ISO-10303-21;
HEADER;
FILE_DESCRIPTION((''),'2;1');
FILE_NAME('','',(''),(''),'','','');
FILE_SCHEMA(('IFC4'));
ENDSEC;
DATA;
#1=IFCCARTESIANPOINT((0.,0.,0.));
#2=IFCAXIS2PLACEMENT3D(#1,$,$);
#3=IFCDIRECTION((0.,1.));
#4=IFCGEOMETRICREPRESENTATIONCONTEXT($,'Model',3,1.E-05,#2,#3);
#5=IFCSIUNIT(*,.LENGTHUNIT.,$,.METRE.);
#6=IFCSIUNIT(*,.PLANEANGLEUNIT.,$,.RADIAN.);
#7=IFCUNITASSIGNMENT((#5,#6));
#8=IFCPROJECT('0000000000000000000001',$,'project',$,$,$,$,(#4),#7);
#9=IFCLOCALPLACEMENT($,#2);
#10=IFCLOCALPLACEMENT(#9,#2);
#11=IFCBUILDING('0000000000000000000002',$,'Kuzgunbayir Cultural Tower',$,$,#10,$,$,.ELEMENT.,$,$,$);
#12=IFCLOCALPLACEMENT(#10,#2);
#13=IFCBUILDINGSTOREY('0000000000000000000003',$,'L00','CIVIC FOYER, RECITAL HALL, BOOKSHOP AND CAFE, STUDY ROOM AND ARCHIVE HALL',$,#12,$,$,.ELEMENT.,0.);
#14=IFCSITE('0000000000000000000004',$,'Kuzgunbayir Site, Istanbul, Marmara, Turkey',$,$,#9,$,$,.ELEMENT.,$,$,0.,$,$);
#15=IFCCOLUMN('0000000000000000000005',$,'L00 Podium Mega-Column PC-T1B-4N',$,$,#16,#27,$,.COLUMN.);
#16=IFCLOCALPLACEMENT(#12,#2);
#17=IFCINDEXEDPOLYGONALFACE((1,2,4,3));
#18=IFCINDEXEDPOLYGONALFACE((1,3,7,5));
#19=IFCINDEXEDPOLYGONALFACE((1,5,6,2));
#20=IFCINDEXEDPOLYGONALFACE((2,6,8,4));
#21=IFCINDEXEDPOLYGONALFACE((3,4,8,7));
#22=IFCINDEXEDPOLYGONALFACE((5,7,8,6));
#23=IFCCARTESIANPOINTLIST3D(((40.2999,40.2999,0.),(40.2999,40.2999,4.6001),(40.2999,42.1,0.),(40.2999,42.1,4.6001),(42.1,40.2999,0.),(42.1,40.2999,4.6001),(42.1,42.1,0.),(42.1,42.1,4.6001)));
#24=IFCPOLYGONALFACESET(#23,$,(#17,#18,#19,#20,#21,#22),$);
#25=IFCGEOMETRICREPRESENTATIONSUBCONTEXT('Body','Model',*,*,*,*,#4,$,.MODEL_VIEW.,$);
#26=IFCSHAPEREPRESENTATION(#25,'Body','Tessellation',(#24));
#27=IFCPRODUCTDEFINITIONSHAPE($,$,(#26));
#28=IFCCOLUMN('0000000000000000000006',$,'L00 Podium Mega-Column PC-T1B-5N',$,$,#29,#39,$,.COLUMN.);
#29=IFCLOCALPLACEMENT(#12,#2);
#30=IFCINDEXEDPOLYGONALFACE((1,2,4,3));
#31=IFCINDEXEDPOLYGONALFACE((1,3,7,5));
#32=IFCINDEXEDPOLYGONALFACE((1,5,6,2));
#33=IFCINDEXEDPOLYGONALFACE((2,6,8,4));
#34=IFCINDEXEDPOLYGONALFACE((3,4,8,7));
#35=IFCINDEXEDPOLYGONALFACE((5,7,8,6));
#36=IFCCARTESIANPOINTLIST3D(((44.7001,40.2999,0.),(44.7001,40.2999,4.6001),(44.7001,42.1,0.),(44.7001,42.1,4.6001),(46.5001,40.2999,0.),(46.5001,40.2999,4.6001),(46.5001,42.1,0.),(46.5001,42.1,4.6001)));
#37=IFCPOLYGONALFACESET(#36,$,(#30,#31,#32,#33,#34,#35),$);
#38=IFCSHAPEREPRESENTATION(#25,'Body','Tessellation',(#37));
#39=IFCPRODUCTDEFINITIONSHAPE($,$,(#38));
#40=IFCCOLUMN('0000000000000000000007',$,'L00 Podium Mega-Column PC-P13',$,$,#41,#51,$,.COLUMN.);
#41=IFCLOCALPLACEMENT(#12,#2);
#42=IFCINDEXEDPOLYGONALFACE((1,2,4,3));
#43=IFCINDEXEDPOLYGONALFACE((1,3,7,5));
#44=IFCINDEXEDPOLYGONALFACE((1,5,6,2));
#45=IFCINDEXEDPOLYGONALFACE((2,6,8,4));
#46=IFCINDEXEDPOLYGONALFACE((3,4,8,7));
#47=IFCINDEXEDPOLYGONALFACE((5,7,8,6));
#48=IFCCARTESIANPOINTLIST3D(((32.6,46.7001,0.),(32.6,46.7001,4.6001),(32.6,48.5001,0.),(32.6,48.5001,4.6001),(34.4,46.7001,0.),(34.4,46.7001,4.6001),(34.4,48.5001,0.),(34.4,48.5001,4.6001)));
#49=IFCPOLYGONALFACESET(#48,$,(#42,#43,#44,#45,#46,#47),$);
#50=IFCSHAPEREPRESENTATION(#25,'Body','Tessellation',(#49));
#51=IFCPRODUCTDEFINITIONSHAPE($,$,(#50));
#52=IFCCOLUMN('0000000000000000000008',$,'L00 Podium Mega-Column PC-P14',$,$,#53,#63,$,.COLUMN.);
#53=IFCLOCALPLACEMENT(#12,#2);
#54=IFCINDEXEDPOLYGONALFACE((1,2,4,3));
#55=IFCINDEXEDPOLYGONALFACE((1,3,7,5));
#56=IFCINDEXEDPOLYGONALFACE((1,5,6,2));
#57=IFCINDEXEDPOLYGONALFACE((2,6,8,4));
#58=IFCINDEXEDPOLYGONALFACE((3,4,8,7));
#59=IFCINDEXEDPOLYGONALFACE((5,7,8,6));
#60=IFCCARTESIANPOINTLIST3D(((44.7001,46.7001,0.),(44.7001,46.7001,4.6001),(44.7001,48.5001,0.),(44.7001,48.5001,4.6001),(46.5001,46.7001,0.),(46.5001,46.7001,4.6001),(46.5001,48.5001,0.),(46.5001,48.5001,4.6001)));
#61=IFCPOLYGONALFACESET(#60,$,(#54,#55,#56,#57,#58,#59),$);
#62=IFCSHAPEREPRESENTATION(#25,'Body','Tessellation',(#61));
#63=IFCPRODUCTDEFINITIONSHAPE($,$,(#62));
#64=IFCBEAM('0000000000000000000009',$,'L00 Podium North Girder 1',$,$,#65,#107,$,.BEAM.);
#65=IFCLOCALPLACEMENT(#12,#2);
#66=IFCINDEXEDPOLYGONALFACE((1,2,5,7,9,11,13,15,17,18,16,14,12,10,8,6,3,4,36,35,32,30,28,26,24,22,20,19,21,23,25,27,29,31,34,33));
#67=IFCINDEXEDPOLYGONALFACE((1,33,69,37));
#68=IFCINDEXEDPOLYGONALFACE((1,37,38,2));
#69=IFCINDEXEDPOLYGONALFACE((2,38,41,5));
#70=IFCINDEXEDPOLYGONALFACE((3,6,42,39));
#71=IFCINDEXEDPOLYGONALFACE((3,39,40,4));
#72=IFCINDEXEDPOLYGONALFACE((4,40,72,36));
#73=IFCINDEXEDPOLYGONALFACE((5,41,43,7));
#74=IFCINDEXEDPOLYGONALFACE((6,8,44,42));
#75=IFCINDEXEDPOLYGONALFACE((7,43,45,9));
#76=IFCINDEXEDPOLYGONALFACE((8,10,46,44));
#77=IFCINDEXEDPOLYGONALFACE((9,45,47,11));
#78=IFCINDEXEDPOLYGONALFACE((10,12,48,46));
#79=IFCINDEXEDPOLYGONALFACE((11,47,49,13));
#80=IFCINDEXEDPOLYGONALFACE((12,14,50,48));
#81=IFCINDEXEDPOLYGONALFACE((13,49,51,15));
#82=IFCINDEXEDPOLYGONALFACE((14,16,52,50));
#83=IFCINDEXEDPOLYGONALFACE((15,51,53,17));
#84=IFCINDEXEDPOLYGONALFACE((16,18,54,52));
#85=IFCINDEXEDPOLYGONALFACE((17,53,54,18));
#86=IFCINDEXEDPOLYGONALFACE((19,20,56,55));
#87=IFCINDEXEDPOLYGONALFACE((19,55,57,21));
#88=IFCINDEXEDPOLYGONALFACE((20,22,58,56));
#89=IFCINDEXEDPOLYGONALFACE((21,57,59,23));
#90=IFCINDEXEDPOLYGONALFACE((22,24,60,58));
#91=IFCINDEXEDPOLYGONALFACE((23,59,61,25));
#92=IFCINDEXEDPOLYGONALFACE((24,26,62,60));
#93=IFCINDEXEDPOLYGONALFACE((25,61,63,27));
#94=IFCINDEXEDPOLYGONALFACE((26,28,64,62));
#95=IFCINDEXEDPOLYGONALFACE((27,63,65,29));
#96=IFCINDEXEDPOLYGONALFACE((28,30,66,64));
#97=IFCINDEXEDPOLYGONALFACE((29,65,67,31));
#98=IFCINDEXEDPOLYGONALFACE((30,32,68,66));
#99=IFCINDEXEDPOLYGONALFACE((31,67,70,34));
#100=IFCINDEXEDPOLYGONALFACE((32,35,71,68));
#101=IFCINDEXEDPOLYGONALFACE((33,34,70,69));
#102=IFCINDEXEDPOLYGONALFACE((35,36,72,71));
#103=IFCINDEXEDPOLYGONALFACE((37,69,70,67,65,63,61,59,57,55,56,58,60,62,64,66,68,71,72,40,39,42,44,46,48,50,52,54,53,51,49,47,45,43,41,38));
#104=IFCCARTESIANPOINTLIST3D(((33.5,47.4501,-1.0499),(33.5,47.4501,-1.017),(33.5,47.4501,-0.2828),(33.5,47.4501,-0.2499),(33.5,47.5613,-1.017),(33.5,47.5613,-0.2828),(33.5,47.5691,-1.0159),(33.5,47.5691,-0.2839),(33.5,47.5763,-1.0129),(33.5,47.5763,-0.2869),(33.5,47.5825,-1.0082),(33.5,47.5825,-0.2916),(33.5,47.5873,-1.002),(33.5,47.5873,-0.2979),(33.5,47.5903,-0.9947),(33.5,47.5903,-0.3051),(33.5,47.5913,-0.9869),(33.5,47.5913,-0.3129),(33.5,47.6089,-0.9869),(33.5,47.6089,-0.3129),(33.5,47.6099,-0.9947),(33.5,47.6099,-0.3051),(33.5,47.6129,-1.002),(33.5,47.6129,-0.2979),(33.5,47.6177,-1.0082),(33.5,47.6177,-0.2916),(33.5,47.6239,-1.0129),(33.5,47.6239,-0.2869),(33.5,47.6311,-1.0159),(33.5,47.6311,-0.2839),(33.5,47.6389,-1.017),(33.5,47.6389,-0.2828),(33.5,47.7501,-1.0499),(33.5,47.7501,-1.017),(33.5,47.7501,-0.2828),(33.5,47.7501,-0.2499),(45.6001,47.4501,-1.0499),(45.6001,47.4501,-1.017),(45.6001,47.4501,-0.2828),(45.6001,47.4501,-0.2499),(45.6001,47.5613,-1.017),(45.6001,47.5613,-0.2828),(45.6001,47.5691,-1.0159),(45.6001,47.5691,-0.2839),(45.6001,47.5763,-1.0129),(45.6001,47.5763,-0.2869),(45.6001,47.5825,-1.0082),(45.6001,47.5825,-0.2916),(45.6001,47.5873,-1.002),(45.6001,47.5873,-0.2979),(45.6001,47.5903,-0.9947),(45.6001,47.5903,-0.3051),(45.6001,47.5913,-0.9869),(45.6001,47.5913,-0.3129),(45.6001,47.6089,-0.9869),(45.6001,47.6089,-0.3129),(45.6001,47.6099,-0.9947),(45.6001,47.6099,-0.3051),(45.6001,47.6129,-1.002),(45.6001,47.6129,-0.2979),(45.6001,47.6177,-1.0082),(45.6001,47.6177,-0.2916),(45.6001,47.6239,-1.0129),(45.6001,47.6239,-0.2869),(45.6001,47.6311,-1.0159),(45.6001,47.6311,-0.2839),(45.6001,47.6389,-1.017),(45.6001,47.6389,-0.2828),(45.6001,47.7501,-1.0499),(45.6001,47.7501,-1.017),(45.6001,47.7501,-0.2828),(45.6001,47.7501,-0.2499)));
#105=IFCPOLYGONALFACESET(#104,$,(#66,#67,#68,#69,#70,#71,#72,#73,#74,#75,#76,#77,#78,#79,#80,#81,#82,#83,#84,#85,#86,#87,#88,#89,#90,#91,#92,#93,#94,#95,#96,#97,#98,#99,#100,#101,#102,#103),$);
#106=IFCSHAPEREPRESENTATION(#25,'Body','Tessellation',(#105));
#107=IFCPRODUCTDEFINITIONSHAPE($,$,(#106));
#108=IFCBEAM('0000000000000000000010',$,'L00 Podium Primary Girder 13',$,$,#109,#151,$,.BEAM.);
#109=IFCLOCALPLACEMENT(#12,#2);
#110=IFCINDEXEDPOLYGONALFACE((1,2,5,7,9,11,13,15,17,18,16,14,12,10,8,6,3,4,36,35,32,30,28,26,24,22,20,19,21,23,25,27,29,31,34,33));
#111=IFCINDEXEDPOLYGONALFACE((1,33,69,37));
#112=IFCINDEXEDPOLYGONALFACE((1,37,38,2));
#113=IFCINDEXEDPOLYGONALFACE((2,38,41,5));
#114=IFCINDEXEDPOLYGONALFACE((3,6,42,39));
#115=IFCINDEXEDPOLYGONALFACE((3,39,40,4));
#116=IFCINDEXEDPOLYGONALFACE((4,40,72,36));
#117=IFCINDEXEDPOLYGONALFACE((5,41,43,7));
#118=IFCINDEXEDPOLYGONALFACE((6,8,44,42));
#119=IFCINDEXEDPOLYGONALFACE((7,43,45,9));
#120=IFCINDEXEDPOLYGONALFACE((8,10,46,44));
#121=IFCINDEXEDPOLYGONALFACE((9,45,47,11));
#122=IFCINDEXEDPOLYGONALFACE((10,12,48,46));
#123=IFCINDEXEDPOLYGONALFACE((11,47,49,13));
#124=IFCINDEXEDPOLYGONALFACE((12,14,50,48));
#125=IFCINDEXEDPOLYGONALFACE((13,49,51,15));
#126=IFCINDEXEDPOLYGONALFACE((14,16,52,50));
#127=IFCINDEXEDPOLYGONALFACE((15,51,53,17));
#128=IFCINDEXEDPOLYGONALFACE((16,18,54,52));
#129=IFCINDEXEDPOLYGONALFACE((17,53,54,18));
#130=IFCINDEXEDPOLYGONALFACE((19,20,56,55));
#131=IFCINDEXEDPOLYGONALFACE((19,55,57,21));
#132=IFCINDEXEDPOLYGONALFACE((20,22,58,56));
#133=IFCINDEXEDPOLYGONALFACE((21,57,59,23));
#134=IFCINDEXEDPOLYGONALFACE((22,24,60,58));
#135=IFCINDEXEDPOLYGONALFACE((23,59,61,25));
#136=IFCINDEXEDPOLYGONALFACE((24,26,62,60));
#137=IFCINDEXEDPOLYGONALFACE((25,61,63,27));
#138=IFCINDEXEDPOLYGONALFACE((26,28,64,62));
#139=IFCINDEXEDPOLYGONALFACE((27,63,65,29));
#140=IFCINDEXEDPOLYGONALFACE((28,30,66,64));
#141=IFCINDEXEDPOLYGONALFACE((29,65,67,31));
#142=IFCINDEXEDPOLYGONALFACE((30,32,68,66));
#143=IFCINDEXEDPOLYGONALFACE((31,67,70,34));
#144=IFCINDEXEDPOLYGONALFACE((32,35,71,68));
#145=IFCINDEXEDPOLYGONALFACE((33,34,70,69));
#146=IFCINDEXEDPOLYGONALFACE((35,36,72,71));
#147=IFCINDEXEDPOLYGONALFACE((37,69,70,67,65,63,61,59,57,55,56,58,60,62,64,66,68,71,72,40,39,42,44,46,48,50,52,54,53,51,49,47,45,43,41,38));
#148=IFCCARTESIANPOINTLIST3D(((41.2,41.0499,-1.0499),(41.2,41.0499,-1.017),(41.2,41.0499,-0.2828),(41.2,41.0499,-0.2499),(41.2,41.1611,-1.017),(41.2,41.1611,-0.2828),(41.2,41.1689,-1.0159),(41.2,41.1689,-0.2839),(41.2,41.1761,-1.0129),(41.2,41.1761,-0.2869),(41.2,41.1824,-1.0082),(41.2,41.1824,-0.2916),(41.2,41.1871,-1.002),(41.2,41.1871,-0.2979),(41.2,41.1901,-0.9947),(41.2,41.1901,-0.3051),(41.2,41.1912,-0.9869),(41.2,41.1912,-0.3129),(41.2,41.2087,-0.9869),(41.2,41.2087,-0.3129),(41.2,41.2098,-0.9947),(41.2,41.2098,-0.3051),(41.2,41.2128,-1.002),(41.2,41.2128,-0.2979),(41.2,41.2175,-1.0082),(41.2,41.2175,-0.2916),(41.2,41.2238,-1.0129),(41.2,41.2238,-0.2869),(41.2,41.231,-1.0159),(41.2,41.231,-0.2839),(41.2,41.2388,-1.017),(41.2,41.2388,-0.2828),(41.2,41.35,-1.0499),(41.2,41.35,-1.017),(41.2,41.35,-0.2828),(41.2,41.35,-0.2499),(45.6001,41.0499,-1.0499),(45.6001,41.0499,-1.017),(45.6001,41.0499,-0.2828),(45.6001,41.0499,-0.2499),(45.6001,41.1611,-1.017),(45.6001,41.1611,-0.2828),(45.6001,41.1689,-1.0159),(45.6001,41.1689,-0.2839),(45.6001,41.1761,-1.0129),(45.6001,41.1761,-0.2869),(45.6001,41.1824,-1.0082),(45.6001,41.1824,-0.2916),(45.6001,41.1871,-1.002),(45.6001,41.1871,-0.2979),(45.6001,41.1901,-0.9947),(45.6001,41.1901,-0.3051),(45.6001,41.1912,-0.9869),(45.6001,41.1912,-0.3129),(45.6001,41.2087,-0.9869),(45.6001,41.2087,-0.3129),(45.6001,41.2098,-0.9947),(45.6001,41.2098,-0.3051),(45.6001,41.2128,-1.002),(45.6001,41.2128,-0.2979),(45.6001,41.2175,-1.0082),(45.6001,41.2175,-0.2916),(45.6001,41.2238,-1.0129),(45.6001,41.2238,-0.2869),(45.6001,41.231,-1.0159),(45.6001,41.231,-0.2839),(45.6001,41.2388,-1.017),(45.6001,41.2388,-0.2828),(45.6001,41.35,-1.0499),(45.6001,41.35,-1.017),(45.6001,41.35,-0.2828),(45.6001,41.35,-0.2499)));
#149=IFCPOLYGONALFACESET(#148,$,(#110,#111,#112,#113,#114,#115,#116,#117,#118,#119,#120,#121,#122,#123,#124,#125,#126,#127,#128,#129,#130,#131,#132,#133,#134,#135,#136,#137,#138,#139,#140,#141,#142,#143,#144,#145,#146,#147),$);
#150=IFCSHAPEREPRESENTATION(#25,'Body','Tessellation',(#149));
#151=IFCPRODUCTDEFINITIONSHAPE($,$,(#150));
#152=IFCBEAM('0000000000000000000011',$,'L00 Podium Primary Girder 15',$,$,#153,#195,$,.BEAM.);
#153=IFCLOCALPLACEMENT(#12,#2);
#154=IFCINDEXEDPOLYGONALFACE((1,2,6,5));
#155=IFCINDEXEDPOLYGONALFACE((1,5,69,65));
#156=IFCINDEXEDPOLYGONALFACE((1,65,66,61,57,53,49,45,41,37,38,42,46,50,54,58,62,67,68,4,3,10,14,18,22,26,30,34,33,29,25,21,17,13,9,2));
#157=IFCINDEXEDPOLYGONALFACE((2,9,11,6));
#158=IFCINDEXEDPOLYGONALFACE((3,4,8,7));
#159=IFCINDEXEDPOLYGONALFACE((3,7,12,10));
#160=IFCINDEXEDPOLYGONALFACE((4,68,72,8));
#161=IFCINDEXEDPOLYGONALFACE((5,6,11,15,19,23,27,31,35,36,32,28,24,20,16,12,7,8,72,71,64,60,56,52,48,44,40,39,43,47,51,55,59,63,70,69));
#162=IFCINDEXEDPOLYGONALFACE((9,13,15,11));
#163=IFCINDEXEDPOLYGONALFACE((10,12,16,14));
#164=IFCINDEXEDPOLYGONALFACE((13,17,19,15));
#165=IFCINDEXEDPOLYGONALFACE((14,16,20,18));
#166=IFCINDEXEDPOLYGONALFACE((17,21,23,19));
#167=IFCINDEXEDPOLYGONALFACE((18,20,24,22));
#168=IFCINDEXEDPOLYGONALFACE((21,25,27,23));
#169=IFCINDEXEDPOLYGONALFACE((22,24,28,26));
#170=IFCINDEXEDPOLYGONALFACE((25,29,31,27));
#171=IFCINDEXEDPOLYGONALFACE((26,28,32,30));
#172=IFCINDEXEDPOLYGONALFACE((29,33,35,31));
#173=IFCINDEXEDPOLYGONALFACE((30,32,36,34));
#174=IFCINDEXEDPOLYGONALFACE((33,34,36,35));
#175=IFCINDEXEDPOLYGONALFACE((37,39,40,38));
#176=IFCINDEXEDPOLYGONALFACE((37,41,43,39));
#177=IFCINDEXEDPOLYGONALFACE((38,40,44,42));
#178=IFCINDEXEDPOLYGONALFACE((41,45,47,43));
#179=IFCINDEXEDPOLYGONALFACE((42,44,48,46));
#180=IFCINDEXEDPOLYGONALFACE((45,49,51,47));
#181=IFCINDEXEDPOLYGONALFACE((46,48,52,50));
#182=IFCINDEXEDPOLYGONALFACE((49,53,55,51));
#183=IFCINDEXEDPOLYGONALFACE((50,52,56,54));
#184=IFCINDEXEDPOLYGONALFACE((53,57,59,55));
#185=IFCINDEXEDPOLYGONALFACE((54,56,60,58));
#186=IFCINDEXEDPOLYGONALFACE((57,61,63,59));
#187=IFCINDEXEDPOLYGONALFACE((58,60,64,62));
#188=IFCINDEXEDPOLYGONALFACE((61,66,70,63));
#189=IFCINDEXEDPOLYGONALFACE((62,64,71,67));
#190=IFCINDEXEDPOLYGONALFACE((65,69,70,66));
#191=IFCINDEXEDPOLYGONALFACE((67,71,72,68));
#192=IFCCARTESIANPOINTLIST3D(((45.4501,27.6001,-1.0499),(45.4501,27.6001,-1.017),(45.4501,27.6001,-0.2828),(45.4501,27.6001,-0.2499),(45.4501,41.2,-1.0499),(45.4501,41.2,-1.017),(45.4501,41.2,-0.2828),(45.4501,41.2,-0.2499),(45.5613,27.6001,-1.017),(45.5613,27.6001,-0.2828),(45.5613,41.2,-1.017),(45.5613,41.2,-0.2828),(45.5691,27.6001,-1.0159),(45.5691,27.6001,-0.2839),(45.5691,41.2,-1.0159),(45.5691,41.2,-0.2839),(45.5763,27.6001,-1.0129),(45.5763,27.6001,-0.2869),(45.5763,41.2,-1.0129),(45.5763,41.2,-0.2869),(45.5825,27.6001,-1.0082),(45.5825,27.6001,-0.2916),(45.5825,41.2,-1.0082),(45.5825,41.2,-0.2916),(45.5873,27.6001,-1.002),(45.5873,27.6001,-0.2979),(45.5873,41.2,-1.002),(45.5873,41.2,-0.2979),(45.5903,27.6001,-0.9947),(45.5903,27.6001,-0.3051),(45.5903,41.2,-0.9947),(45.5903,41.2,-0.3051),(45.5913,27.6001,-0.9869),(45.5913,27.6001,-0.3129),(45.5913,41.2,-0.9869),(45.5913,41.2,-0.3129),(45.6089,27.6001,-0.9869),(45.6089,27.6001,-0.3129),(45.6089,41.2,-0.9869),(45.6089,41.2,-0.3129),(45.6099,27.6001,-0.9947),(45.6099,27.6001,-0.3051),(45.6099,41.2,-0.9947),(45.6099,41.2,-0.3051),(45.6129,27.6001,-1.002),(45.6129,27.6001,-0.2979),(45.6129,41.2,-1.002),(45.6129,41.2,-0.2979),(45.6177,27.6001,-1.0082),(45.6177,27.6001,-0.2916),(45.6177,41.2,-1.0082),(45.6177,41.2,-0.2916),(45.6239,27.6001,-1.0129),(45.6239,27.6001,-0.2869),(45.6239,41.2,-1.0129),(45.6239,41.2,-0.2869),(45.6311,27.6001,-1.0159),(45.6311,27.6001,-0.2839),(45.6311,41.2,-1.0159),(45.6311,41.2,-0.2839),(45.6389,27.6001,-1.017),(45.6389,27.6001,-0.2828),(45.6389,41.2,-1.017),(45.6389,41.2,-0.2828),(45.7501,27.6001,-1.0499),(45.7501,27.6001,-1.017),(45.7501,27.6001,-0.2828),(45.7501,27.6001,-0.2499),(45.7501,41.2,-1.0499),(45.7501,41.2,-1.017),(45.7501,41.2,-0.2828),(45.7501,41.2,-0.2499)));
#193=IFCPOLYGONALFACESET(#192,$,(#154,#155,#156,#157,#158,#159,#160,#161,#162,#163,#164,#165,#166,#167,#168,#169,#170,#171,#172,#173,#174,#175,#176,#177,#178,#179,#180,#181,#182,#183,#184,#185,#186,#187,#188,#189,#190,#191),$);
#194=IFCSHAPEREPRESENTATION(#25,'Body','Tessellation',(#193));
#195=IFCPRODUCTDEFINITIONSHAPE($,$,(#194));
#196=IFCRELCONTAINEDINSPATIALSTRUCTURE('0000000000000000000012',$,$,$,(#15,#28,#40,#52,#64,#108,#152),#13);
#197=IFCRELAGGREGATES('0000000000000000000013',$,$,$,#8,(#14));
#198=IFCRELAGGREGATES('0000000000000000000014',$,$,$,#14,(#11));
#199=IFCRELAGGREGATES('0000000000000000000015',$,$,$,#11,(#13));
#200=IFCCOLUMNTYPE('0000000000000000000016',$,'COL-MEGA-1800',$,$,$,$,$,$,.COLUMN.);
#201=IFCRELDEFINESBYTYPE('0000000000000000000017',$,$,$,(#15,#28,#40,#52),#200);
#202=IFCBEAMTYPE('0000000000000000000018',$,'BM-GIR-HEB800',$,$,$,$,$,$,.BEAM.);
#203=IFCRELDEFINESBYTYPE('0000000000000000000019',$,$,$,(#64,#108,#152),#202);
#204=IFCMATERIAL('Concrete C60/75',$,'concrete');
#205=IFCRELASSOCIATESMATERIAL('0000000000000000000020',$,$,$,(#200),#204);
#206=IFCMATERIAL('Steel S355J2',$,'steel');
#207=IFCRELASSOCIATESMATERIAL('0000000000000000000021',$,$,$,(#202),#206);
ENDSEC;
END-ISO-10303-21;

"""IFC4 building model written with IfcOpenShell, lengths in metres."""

from ifc_helpers import new_model, si_unit, direction, frame, origin, origin_2d, place, context, subcontext, project, spatial, rectangle, i_section, extrude, material, material_profile, profile_set, type_object, element, save


model = new_model("IFC4")

# Units and contexts
model_context = context("Model", 3, precision=1e-05, world=origin(), true_north=direction((0.0, 1.0)))
body_context = subcontext(model_context, "Body", "Model", "MODEL_VIEW")
ifc_project = project(units=[si_unit("LENGTHUNIT", "METRE"), si_unit("PLANEANGLEUNIT", "RADIAN")], contexts=[model_context])

# Site, building, storey
site_placement = place(None, origin())
site = spatial("IfcSite", under=ifc_project, at=site_placement, Name="Kuzgunbayir Site, Istanbul, Marmara, Turkey", CompositionType="ELEMENT", RefElevation=0.0)
building_placement = place(site_placement, origin())
building = spatial("IfcBuilding", under=site, at=building_placement, Name="Kuzgunbayir Cultural Tower", CompositionType="ELEMENT")
storey_placement = place(building_placement, origin())
storey = spatial("IfcBuildingStorey", under=building, at=storey_placement, Name="L00", Description="CIVIC FOYER, RECITAL HALL, BOOKSHOP AND CAFE, STUDY ROOM AND ARCHIVE HALL", CompositionType="ELEMENT", Elevation=0.0)

# Columns
ifc_material_1 = material(Name="Concrete C60/75", Category="concrete")
ifc_material_profile_1 = material_profile(ifc_material_1, rectangle(XDim=1.8, YDim=1.8, at=origin_2d()), Name="RC 1800x1800")
ifc_profile_set_1 = profile_set([ifc_material_profile_1], Name="Concrete C60/75")
column_type = type_object("IfcColumnType", Name="COL-MEGA-1800", PredefinedType="COLUMN", material=ifc_profile_set_1)
for number, where, z_axis, x_axis, name in (
    (1, (41.2, 41.2, 0.0), (0.0, 0.0, 1.0), (1.0, 0.0, 0.0), "L00 Podium Mega-Column PC-T1B-4N"),
    (2, (45.6001, 41.2, 0.0), (0.0, 0.0, 1.0), (1.0, 0.0, 0.0), "L00 Podium Mega-Column PC-T1B-5N"),
    (3, (33.5, 47.6001, 0.0), (0.0, 0.0, 1.0), (1.0, 0.0, 0.0), "L00 Podium Mega-Column PC-P13"),
    (4, (45.6001, 47.6001, 0.0), (0.0, 0.0, 1.0), (1.0, 0.0, 0.0), "L00 Podium Mega-Column PC-P14"),
):
    element("IfcColumn", number, at=place(storey_placement, frame(where, z_axis=z_axis, x_axis=x_axis)), inside=storey, type_object=column_type, Name=name, PredefinedType="COLUMN", context=body_context, shape_type="SweptSolid", body=[
        extrude(rectangle(XDim=1.8, YDim=1.8, at=origin_2d()), origin(), (0.0, 0.0, 1.0), 4.6001),
    ])

# Beams
ifc_material_2 = material(Name="Steel S355J2", Category="steel")
ifc_material_profile_2 = material_profile(ifc_material_2, i_section(OverallWidth=0.3, OverallDepth=0.8, WebThickness=0.0176, FlangeThickness=0.033, FilletRadius=0.03, at=origin_2d()), Name="HEB 800")
ifc_profile_set_2 = profile_set([ifc_material_profile_2], Name="Steel S355J2")
beam_type_1 = type_object("IfcBeamType", Name="BM-GIR-HEB800", PredefinedType="BEAM", material=ifc_profile_set_2)
beam_1_placement = place(storey_placement, frame((33.5, 47.6001, -0.6499), z_axis=(1.0, 0.0, 0.0), x_axis=(0.0, 1.0, 0.0)))
element("IfcBeam", 5, at=beam_1_placement, inside=storey, type_object=beam_type_1, Name="L00 Podium North Girder 1", PredefinedType="BEAM", context=body_context, shape_type="SweptSolid", body=[
    extrude(i_section(OverallWidth=0.3, OverallDepth=0.8, WebThickness=0.0176, FlangeThickness=0.033, FilletRadius=0.03, at=origin_2d()), origin(), (0.0, 0.0, 1.0), 12.1001),
])
beam_2_placement = place(storey_placement, frame((41.2, 41.2, -0.6499), z_axis=(1.0, 0.0, 0.0), x_axis=(0.0, 1.0, 0.0)))
element("IfcBeam", 6, at=beam_2_placement, inside=storey, type_object=beam_type_1, Name="L00 Podium Primary Girder 13", PredefinedType="BEAM", context=body_context, shape_type="SweptSolid", body=[
    extrude(i_section(OverallWidth=0.3, OverallDepth=0.8, WebThickness=0.0176, FlangeThickness=0.033, FilletRadius=0.03, at=origin_2d()), origin(), (0.0, 0.0, 1.0), 4.4001),
])
beam_3_placement = place(storey_placement, frame((45.6001, 27.6001, -0.6499), z_axis=(0.0, 1.0, 0.0), x_axis=(-1.0, 0.0, 0.0)))
element("IfcBeam", 7, at=beam_3_placement, inside=storey, type_object=beam_type_1, Name="L00 Podium Primary Girder 15", PredefinedType="BEAM", context=body_context, shape_type="SweptSolid", body=[
    extrude(i_section(OverallWidth=0.3, OverallDepth=0.8, WebThickness=0.0176, FlangeThickness=0.033, FilletRadius=0.03, at=origin_2d()), origin(), (0.0, 0.0, 1.0), 13.5999),
])

save(model, "model.ifc")
